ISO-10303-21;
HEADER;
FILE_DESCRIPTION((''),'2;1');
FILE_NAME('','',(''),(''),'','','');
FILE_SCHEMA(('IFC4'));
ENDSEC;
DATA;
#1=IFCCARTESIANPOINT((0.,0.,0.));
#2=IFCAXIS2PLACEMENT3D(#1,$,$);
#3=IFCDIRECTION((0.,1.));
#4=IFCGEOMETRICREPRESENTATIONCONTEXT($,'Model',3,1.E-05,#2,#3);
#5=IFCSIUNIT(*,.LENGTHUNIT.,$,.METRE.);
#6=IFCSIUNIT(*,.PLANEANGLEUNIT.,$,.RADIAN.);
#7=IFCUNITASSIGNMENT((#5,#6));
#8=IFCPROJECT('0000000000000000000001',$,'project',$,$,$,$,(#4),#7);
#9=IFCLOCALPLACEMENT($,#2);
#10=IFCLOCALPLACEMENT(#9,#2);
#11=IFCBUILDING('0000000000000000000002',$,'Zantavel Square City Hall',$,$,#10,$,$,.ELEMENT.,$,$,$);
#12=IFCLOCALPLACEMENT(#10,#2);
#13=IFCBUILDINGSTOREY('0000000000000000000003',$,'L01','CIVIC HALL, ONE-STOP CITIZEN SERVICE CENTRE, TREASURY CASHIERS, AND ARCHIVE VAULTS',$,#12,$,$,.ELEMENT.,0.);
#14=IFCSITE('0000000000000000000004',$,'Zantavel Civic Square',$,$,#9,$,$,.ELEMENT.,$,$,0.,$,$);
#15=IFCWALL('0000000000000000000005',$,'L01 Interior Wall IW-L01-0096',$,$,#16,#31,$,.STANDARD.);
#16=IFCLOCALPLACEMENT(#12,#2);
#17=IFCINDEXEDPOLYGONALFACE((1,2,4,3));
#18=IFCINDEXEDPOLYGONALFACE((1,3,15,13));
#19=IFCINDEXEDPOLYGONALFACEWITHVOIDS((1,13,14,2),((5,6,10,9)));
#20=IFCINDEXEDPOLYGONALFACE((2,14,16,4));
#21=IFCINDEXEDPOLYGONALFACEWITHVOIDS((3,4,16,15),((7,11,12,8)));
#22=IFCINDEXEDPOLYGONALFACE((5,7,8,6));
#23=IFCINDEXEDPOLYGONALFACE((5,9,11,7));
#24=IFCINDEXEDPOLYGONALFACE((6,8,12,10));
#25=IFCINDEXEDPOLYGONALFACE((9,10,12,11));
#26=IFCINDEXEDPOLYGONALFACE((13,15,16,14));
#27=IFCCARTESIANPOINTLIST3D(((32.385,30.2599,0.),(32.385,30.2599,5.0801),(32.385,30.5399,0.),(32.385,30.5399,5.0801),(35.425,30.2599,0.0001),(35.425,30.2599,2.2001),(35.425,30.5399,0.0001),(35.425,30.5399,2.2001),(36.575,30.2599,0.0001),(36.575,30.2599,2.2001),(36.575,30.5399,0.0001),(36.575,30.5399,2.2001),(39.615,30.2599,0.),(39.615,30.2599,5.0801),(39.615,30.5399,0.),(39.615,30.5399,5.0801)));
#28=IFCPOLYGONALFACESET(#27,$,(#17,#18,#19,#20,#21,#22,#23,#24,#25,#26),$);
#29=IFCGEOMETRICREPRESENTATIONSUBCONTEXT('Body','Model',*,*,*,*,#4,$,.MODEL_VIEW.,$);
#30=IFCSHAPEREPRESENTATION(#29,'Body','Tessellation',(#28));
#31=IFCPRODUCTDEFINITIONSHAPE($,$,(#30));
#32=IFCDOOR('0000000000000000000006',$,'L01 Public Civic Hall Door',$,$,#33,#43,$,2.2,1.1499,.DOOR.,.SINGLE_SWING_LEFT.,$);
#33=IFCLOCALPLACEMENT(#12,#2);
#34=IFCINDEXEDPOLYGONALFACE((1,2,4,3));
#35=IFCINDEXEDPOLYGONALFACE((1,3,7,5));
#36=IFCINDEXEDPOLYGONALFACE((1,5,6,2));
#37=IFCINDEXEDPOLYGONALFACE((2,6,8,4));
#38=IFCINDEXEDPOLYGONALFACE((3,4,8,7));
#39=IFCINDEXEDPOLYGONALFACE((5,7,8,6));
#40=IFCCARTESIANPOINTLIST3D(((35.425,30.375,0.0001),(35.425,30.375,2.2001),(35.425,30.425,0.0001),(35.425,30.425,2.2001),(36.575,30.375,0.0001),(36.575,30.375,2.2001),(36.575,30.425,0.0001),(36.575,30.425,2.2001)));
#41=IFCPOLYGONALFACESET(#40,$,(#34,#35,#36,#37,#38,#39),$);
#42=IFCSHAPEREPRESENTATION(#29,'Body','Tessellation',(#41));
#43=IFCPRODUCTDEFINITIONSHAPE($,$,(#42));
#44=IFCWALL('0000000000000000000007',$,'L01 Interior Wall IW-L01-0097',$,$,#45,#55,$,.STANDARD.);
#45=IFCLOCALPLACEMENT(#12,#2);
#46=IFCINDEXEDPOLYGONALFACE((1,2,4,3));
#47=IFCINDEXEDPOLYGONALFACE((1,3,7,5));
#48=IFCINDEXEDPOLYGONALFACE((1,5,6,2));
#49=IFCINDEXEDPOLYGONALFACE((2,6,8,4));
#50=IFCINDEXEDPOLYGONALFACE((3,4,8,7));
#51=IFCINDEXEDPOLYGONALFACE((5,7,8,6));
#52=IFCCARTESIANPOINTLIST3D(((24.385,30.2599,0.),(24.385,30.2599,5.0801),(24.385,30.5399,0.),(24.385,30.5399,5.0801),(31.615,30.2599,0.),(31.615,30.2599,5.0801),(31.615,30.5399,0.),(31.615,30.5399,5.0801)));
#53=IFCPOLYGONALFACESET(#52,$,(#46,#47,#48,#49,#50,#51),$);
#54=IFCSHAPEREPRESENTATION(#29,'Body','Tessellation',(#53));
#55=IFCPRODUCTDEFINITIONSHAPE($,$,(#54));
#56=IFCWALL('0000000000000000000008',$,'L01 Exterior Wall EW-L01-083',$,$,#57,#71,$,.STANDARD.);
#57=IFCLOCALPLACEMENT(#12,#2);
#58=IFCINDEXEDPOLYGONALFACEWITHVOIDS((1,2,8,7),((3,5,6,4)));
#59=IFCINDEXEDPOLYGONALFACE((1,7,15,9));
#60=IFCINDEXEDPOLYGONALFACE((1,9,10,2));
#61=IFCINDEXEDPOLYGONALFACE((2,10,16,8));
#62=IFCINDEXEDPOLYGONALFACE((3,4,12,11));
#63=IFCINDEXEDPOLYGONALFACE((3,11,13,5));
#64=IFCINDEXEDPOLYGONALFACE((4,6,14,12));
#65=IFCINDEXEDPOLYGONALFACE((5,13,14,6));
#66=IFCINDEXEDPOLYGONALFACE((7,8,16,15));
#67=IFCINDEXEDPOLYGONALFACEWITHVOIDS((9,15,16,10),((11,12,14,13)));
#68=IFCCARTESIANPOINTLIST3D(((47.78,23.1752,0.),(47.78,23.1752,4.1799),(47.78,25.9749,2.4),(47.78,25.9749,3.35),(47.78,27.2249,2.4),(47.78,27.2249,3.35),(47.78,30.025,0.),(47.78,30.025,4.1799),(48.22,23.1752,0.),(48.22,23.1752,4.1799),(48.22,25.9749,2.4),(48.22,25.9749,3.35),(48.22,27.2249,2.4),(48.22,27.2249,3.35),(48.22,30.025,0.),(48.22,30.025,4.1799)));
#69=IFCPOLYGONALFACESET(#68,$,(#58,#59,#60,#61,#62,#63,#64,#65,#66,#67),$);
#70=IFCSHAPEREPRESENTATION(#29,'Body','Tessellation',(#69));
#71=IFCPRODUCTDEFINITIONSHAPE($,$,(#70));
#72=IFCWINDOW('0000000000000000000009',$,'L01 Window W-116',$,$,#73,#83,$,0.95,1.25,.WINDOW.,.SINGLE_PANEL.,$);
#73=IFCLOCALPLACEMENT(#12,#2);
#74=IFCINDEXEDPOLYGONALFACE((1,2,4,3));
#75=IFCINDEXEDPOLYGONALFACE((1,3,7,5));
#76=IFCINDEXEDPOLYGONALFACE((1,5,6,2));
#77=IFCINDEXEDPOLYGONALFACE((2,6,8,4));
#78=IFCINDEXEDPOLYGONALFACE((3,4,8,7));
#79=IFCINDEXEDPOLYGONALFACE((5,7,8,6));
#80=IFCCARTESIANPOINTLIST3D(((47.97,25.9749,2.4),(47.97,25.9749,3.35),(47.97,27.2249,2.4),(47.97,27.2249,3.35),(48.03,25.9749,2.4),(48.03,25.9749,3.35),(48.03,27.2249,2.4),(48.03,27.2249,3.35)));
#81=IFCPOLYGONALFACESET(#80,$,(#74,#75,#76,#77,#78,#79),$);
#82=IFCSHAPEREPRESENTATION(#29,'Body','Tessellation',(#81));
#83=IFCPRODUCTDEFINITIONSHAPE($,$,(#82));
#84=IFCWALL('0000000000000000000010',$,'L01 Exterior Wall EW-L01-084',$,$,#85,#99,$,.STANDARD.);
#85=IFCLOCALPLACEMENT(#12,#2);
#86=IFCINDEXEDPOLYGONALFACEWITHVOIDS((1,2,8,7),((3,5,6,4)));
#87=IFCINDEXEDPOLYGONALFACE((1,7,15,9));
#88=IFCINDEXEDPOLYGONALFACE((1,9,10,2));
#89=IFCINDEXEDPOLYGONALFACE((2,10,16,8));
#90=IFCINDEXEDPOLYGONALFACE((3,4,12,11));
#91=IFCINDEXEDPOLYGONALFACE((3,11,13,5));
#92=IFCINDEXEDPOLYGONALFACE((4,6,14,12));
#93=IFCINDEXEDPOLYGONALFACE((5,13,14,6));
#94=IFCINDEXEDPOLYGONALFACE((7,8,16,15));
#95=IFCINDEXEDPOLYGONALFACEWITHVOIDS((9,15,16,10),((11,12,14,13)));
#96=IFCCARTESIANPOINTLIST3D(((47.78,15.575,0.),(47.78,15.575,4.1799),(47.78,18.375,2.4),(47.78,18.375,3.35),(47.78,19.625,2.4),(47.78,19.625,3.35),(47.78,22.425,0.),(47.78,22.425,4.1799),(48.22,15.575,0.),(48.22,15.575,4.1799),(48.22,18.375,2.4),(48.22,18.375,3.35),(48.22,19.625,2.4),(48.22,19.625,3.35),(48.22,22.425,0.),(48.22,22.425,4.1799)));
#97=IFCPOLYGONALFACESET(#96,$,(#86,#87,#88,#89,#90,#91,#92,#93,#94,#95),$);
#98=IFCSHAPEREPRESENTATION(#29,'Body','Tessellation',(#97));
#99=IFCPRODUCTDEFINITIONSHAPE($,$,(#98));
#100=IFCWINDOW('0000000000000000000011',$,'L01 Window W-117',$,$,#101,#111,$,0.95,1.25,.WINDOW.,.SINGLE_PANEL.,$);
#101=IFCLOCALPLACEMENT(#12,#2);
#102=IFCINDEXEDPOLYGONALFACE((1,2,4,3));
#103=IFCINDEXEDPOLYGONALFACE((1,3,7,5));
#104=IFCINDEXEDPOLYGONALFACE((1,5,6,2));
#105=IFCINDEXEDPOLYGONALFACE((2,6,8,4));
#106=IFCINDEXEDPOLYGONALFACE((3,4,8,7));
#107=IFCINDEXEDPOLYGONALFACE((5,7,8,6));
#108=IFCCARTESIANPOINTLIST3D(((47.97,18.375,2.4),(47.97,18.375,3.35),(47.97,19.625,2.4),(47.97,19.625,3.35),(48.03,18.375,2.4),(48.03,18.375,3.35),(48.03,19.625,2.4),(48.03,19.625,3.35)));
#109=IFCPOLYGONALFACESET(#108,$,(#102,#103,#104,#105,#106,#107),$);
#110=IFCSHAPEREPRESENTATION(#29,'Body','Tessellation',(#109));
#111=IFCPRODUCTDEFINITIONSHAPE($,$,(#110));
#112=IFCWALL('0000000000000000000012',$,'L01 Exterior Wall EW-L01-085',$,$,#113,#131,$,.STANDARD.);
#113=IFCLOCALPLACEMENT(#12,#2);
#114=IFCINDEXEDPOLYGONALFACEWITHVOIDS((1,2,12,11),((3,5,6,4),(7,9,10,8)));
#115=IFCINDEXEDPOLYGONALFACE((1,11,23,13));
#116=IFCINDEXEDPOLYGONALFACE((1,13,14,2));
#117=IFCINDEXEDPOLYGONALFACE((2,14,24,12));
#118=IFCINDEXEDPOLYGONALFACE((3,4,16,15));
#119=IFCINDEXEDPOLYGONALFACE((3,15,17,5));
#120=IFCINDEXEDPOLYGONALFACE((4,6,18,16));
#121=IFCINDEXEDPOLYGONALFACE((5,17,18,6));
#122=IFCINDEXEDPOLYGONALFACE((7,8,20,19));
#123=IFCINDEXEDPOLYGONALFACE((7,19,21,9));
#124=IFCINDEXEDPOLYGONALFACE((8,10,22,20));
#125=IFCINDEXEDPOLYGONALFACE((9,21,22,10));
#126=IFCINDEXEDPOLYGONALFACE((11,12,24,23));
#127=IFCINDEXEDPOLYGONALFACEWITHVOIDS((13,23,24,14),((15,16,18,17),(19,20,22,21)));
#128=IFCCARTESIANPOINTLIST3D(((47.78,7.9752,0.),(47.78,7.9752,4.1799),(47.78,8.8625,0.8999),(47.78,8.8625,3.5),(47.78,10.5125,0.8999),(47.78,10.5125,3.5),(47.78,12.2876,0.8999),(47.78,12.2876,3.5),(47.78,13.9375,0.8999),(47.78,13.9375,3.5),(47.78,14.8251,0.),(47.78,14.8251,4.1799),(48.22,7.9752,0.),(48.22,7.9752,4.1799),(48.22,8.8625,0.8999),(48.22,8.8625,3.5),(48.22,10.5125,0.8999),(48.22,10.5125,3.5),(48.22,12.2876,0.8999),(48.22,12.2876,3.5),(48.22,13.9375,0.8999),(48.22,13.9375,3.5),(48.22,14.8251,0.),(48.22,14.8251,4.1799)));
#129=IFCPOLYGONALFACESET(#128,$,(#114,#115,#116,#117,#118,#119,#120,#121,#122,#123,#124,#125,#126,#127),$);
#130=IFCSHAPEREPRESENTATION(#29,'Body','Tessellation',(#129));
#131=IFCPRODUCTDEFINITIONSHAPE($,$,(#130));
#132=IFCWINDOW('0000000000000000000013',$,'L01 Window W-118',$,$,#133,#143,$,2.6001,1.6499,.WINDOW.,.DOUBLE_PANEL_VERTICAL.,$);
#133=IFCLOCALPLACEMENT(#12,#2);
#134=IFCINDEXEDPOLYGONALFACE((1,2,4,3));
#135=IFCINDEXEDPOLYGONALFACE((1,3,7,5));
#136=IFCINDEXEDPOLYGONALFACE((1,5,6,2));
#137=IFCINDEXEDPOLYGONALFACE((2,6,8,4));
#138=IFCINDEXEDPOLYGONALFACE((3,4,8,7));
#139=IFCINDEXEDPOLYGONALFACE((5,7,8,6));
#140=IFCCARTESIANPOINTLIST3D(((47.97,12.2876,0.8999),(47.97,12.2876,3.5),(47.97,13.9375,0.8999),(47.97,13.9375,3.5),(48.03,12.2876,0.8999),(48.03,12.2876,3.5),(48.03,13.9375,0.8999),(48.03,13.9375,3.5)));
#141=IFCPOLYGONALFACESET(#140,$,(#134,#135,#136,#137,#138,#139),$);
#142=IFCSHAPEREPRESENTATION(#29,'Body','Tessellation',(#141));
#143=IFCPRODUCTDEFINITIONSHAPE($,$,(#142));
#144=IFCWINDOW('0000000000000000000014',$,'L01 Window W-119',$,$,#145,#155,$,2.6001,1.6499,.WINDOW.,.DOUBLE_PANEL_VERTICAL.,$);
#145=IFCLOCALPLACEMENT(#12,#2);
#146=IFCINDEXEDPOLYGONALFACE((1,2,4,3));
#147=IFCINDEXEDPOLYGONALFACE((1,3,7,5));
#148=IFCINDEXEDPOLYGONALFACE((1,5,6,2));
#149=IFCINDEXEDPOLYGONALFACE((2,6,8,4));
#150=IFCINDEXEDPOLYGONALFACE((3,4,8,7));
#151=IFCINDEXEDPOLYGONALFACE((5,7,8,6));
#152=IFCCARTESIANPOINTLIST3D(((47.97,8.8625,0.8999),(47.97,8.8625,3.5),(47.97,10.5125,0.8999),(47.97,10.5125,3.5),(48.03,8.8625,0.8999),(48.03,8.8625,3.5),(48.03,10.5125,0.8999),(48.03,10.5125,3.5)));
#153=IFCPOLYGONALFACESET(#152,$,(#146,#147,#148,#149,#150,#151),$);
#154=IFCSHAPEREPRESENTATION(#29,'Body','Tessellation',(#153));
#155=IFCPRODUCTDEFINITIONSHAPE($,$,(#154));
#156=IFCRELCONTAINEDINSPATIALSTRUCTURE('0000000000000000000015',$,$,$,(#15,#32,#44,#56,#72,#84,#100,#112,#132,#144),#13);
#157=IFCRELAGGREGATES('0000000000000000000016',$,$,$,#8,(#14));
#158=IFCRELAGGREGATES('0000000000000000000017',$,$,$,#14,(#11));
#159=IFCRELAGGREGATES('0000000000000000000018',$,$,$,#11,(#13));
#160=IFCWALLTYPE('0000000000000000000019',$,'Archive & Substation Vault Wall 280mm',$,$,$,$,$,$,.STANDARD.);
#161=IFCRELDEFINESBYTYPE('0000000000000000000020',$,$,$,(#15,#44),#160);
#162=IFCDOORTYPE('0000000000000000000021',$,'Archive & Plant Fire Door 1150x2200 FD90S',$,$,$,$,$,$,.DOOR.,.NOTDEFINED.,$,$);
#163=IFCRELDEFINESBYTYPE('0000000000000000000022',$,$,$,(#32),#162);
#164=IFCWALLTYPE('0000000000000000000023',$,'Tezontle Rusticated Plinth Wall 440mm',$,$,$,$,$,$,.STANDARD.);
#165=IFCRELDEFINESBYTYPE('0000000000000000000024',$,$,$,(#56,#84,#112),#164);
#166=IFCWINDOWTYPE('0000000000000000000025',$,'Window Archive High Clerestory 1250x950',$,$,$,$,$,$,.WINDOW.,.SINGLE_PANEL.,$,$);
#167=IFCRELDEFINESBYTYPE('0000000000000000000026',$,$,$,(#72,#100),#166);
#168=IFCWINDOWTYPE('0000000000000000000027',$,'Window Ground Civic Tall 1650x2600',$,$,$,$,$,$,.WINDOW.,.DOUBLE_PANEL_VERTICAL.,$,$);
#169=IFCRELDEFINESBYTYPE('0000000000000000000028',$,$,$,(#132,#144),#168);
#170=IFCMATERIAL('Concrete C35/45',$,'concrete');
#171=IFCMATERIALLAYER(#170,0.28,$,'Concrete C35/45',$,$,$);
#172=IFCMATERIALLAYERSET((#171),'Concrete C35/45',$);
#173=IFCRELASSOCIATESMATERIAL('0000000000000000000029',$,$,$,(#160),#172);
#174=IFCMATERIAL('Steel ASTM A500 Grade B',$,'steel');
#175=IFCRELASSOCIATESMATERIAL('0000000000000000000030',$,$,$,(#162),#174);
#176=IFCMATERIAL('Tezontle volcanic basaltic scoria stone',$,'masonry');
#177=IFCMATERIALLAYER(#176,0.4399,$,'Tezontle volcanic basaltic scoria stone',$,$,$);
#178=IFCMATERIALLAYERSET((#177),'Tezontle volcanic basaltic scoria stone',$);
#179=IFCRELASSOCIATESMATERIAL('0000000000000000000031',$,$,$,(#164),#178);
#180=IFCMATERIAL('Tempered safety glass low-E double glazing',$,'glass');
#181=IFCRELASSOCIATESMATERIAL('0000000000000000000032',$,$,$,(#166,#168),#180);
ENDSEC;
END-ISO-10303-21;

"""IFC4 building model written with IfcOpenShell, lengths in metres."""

from ifc_helpers import new_model, si_unit, direction, frame, frame_2d, origin, place, context, subcontext, project, spatial, rectangle, extrude, material, layer, layer_set, type_object, element, fill, save


model = new_model("IFC4")

# Units and contexts
model_context = context("Model", 3, precision=1e-05, world=origin(), true_north=direction((0.0, 1.0)))
body_context = subcontext(model_context, "Body", "Model", "MODEL_VIEW")
ifc_project = project(units=[si_unit("LENGTHUNIT", "METRE"), si_unit("PLANEANGLEUNIT", "RADIAN")], contexts=[model_context])

# Site, building, storey
site_placement = place(None, origin())
site = spatial("IfcSite", under=ifc_project, at=site_placement, Name="Zantavel Civic Square", CompositionType="ELEMENT", RefElevation=0.0)
building_placement = place(site_placement, origin())
building = spatial("IfcBuilding", under=site, at=building_placement, Name="Zantavel Square City Hall", CompositionType="ELEMENT")
storey_placement = place(building_placement, origin())
storey = spatial("IfcBuildingStorey", under=building, at=storey_placement, Name="L01", Description="CIVIC HALL, ONE-STOP CITIZEN SERVICE CENTRE, TREASURY CASHIERS, AND ARCHIVE VAULTS", CompositionType="ELEMENT", Elevation=0.0)

# Wall, opening, door
ifc_material_1 = material(Name="Concrete C35/45", Category="concrete")
ifc_layer_1 = layer(ifc_material_1, 0.28, Name="Concrete C35/45")
ifc_layer_set_1 = layer_set([ifc_layer_1], Name="Concrete C35/45")
wall_type_1 = type_object("IfcWallType", Name="Archive & Substation Vault Wall 280mm", PredefinedType="STANDARD", material=ifc_layer_set_1)
wall_1_placement = place(storey_placement, frame((39.615, 30.3999, 0.0), z_axis=(0.0, 0.0, 1.0), x_axis=(-1.0, 0.0, 0.0)))
wall_1 = element("IfcWall", 1, at=wall_1_placement, inside=storey, type_object=wall_type_1, Name="L01 Interior Wall IW-L01-0096", PredefinedType="STANDARD", context=body_context, shape_type="SweptSolid", body=[
    extrude(rectangle(XDim=7.23, YDim=0.28, at=frame_2d((3.615, 0.0))), origin(), (0.0, 0.0, 1.0), 5.0801),
])
opening_1_placement = place(wall_1_placement, frame((3.04, 0.0, 0.0)))
opening_1 = element("IfcOpeningElement", 2, at=opening_1_placement, cuts=wall_1, PredefinedType="OPENING", context=body_context, shape_type="SweptSolid", body=[
    extrude(rectangle(XDim=1.1499, YDim=2.2, at=frame_2d((0.575, 1.1001))), frame((0.0, 0.1499, 0.0), z_axis=(0.0, -1.0, 0.0), x_axis=(1.0, 0.0, 0.0)), (0.0, 0.0, 1.0), 0.3),
])
ifc_material_2 = material(Name="Steel ASTM A500 Grade B", Category="steel")
door_type = type_object("IfcDoorType", Name="Archive & Plant Fire Door 1150x2200 FD90S", OperationType="NOTDEFINED", PredefinedType="DOOR", material=ifc_material_2)
door_placement = place(opening_1_placement, origin())
door = element("IfcDoor", 3, at=door_placement, inside=storey, type_object=door_type, Name="L01 Public Civic Hall Door", OperationType="SINGLE_SWING_LEFT", OverallHeight=2.2, OverallWidth=1.1499, PredefinedType="DOOR", context=body_context, shape_type="SweptSolid", body=[
    extrude(rectangle(XDim=1.1499, YDim=2.2, at=frame_2d((0.575, 1.1001))), frame((0.0, 0.0249, 0.0), z_axis=(0.0, -1.0, 0.0), x_axis=(1.0, 0.0, 0.0)), (0.0, 0.0, 1.0), 0.05),
])
fill(opening_1, door)

# Wall
wall_2_placement = place(storey_placement, frame((31.615, 30.3999, 0.0), z_axis=(0.0, 0.0, 1.0), x_axis=(-1.0, 0.0, 0.0)))
element("IfcWall", 4, at=wall_2_placement, inside=storey, type_object=wall_type_1, Name="L01 Interior Wall IW-L01-0097", PredefinedType="STANDARD", context=body_context, shape_type="SweptSolid", body=[
    extrude(rectangle(XDim=7.23, YDim=0.28, at=frame_2d((3.615, 0.0))), origin(), (0.0, 0.0, 1.0), 5.0801),
])

# Walls, openings, windows
ifc_material_3 = material(Name="Tezontle volcanic basaltic scoria stone", Category="masonry")
ifc_layer_2 = layer(ifc_material_3, 0.4399, Name="Tezontle volcanic basaltic scoria stone")
ifc_layer_set_2 = layer_set([ifc_layer_2], Name="Tezontle volcanic basaltic scoria stone")
wall_type_2 = type_object("IfcWallType", Name="Tezontle Rusticated Plinth Wall 440mm", PredefinedType="STANDARD", material=ifc_layer_set_2)
wall_3_placement = place(storey_placement, frame((48.0, 30.0249, 0.0), z_axis=(0.0, 0.0, 1.0), x_axis=(0.0, -1.0, 0.0)))
wall_3 = element("IfcWall", 5, at=wall_3_placement, inside=storey, type_object=wall_type_2, Name="L01 Exterior Wall EW-L01-083", PredefinedType="STANDARD", context=body_context, shape_type="SweptSolid", body=[
    extrude(rectangle(XDim=6.8499, YDim=0.4399, at=frame_2d((3.4248, 0.0))), origin(), (0.0, 0.0, 1.0), 4.1799),
])
opening_2_placement = place(wall_3_placement, frame((2.8, 0.0, 2.3999)))
opening_2 = element("IfcOpeningElement", 6, at=opening_2_placement, cuts=wall_3, PredefinedType="OPENING", context=body_context, shape_type="SweptSolid", body=[
    extrude(rectangle(XDim=1.25, YDim=0.95, at=frame_2d((0.625, 0.4751))), frame((0.0, 0.23, 0.0), z_axis=(0.0, -1.0, 0.0), x_axis=(1.0, 0.0, 0.0)), (0.0, 0.0, 1.0), 0.46),
])
ifc_material_4 = material(Name="Tempered safety glass low-E double glazing", Category="glass")
window_type_1 = type_object("IfcWindowType", Name="Window Archive High Clerestory 1250x950", PartitioningType="SINGLE_PANEL", PredefinedType="WINDOW", material=ifc_material_4)
window_1_placement = place(opening_2_placement, origin())
window_1 = element("IfcWindow", 7, at=window_1_placement, inside=storey, type_object=window_type_1, Name="L01 Window W-116", OverallHeight=0.95, OverallWidth=1.25, PartitioningType="SINGLE_PANEL", PredefinedType="WINDOW", context=body_context, shape_type="SweptSolid", body=[
    extrude(rectangle(XDim=1.25, YDim=0.95, at=frame_2d((0.625, 0.4751))), frame((0.0, 0.03, 0.0), z_axis=(0.0, -1.0, 0.0), x_axis=(1.0, 0.0, 0.0)), (0.0, 0.0, 1.0), 0.0601),
])
fill(opening_2, window_1)
wall_4_placement = place(storey_placement, frame((48.0, 22.425, 0.0), z_axis=(0.0, 0.0, 1.0), x_axis=(0.0, -1.0, 0.0)))
wall_4 = element("IfcWall", 8, at=wall_4_placement, inside=storey, type_object=wall_type_2, Name="L01 Exterior Wall EW-L01-084", PredefinedType="STANDARD", context=body_context, shape_type="SweptSolid", body=[
    extrude(rectangle(XDim=6.8501, YDim=0.4399, at=frame_2d((3.425, 0.0))), origin(), (0.0, 0.0, 1.0), 4.1799),
])
opening_3_placement = place(wall_4_placement, frame((2.8, 0.0, 2.3999)))
opening_3 = element("IfcOpeningElement", 9, at=opening_3_placement, cuts=wall_4, PredefinedType="OPENING", context=body_context, shape_type="SweptSolid", body=[
    extrude(rectangle(XDim=1.25, YDim=0.95, at=frame_2d((0.625, 0.4751))), frame((0.0, 0.23, 0.0), z_axis=(0.0, -1.0, 0.0), x_axis=(1.0, 0.0, 0.0)), (0.0, 0.0, 1.0), 0.46),
])
window_2_placement = place(opening_3_placement, origin())
window_2 = element("IfcWindow", 10, at=window_2_placement, inside=storey, type_object=window_type_1, Name="L01 Window W-117", OverallHeight=0.95, OverallWidth=1.25, PartitioningType="SINGLE_PANEL", PredefinedType="WINDOW", context=body_context, shape_type="SweptSolid", body=[
    extrude(rectangle(XDim=1.25, YDim=0.95, at=frame_2d((0.625, 0.4751))), frame((0.0, 0.03, 0.0), z_axis=(0.0, -1.0, 0.0), x_axis=(1.0, 0.0, 0.0)), (0.0, 0.0, 1.0), 0.0601),
])
fill(opening_3, window_2)

# Wall, openings, windows
wall_5_placement = place(storey_placement, frame((48.0, 14.825, 0.0), z_axis=(0.0, 0.0, 1.0), x_axis=(0.0, -1.0, 0.0)))
wall_5 = element("IfcWall", 11, at=wall_5_placement, inside=storey, type_object=wall_type_2, Name="L01 Exterior Wall EW-L01-085", PredefinedType="STANDARD", context=body_context, shape_type="SweptSolid", body=[
    extrude(rectangle(XDim=6.8499, YDim=0.4399, at=frame_2d((3.4248, 0.0))), origin(), (0.0, 0.0, 1.0), 4.1799),
])
opening_4_placement = place(wall_5_placement, frame((0.8875, 0.0, 0.8999)))
opening_4 = element("IfcOpeningElement", 12, at=opening_4_placement, cuts=wall_5, PredefinedType="OPENING", context=body_context, shape_type="SweptSolid", body=[
    extrude(rectangle(XDim=1.6499, YDim=2.6001, at=frame_2d((0.825, 1.3))), frame((0.0, 0.23, 0.0), z_axis=(0.0, -1.0, 0.0), x_axis=(1.0, 0.0, 0.0)), (0.0, 0.0, 1.0), 0.46),
])
opening_5_placement = place(wall_5_placement, frame((4.3125, 0.0, 0.8999)))
opening_5 = element("IfcOpeningElement", 13, at=opening_5_placement, cuts=wall_5, PredefinedType="OPENING", context=body_context, shape_type="SweptSolid", body=[
    extrude(rectangle(XDim=1.6499, YDim=2.6001, at=frame_2d((0.825, 1.3))), frame((0.0, 0.23, 0.0), z_axis=(0.0, -1.0, 0.0), x_axis=(1.0, 0.0, 0.0)), (0.0, 0.0, 1.0), 0.46),
])
window_type_2 = type_object("IfcWindowType", Name="Window Ground Civic Tall 1650x2600", PartitioningType="DOUBLE_PANEL_VERTICAL", PredefinedType="WINDOW", material=ifc_material_4)
window_3_placement = place(opening_4_placement, origin())
window_3 = element("IfcWindow", 14, at=window_3_placement, inside=storey, type_object=window_type_2, Name="L01 Window W-118", OverallHeight=2.6001, OverallWidth=1.6499, PartitioningType="DOUBLE_PANEL_VERTICAL", PredefinedType="WINDOW", context=body_context, shape_type="SweptSolid", body=[
    extrude(rectangle(XDim=1.6499, YDim=2.6001, at=frame_2d((0.825, 1.3))), frame((0.0, 0.03, 0.0), z_axis=(0.0, -1.0, 0.0), x_axis=(1.0, 0.0, 0.0)), (0.0, 0.0, 1.0), 0.0601),
])
fill(opening_4, window_3)
window_4_placement = place(opening_5_placement, origin())
window_4 = element("IfcWindow", 15, at=window_4_placement, inside=storey, type_object=window_type_2, Name="L01 Window W-119", OverallHeight=2.6001, OverallWidth=1.6499, PartitioningType="DOUBLE_PANEL_VERTICAL", PredefinedType="WINDOW", context=body_context, shape_type="SweptSolid", body=[
    extrude(rectangle(XDim=1.6499, YDim=2.6001, at=frame_2d((0.825, 1.3))), frame((0.0, 0.03, 0.0), z_axis=(0.0, -1.0, 0.0), x_axis=(1.0, 0.0, 0.0)), (0.0, 0.0, 1.0), 0.0601),
])
fill(opening_5, window_4)

save(model, "model.ifc")
